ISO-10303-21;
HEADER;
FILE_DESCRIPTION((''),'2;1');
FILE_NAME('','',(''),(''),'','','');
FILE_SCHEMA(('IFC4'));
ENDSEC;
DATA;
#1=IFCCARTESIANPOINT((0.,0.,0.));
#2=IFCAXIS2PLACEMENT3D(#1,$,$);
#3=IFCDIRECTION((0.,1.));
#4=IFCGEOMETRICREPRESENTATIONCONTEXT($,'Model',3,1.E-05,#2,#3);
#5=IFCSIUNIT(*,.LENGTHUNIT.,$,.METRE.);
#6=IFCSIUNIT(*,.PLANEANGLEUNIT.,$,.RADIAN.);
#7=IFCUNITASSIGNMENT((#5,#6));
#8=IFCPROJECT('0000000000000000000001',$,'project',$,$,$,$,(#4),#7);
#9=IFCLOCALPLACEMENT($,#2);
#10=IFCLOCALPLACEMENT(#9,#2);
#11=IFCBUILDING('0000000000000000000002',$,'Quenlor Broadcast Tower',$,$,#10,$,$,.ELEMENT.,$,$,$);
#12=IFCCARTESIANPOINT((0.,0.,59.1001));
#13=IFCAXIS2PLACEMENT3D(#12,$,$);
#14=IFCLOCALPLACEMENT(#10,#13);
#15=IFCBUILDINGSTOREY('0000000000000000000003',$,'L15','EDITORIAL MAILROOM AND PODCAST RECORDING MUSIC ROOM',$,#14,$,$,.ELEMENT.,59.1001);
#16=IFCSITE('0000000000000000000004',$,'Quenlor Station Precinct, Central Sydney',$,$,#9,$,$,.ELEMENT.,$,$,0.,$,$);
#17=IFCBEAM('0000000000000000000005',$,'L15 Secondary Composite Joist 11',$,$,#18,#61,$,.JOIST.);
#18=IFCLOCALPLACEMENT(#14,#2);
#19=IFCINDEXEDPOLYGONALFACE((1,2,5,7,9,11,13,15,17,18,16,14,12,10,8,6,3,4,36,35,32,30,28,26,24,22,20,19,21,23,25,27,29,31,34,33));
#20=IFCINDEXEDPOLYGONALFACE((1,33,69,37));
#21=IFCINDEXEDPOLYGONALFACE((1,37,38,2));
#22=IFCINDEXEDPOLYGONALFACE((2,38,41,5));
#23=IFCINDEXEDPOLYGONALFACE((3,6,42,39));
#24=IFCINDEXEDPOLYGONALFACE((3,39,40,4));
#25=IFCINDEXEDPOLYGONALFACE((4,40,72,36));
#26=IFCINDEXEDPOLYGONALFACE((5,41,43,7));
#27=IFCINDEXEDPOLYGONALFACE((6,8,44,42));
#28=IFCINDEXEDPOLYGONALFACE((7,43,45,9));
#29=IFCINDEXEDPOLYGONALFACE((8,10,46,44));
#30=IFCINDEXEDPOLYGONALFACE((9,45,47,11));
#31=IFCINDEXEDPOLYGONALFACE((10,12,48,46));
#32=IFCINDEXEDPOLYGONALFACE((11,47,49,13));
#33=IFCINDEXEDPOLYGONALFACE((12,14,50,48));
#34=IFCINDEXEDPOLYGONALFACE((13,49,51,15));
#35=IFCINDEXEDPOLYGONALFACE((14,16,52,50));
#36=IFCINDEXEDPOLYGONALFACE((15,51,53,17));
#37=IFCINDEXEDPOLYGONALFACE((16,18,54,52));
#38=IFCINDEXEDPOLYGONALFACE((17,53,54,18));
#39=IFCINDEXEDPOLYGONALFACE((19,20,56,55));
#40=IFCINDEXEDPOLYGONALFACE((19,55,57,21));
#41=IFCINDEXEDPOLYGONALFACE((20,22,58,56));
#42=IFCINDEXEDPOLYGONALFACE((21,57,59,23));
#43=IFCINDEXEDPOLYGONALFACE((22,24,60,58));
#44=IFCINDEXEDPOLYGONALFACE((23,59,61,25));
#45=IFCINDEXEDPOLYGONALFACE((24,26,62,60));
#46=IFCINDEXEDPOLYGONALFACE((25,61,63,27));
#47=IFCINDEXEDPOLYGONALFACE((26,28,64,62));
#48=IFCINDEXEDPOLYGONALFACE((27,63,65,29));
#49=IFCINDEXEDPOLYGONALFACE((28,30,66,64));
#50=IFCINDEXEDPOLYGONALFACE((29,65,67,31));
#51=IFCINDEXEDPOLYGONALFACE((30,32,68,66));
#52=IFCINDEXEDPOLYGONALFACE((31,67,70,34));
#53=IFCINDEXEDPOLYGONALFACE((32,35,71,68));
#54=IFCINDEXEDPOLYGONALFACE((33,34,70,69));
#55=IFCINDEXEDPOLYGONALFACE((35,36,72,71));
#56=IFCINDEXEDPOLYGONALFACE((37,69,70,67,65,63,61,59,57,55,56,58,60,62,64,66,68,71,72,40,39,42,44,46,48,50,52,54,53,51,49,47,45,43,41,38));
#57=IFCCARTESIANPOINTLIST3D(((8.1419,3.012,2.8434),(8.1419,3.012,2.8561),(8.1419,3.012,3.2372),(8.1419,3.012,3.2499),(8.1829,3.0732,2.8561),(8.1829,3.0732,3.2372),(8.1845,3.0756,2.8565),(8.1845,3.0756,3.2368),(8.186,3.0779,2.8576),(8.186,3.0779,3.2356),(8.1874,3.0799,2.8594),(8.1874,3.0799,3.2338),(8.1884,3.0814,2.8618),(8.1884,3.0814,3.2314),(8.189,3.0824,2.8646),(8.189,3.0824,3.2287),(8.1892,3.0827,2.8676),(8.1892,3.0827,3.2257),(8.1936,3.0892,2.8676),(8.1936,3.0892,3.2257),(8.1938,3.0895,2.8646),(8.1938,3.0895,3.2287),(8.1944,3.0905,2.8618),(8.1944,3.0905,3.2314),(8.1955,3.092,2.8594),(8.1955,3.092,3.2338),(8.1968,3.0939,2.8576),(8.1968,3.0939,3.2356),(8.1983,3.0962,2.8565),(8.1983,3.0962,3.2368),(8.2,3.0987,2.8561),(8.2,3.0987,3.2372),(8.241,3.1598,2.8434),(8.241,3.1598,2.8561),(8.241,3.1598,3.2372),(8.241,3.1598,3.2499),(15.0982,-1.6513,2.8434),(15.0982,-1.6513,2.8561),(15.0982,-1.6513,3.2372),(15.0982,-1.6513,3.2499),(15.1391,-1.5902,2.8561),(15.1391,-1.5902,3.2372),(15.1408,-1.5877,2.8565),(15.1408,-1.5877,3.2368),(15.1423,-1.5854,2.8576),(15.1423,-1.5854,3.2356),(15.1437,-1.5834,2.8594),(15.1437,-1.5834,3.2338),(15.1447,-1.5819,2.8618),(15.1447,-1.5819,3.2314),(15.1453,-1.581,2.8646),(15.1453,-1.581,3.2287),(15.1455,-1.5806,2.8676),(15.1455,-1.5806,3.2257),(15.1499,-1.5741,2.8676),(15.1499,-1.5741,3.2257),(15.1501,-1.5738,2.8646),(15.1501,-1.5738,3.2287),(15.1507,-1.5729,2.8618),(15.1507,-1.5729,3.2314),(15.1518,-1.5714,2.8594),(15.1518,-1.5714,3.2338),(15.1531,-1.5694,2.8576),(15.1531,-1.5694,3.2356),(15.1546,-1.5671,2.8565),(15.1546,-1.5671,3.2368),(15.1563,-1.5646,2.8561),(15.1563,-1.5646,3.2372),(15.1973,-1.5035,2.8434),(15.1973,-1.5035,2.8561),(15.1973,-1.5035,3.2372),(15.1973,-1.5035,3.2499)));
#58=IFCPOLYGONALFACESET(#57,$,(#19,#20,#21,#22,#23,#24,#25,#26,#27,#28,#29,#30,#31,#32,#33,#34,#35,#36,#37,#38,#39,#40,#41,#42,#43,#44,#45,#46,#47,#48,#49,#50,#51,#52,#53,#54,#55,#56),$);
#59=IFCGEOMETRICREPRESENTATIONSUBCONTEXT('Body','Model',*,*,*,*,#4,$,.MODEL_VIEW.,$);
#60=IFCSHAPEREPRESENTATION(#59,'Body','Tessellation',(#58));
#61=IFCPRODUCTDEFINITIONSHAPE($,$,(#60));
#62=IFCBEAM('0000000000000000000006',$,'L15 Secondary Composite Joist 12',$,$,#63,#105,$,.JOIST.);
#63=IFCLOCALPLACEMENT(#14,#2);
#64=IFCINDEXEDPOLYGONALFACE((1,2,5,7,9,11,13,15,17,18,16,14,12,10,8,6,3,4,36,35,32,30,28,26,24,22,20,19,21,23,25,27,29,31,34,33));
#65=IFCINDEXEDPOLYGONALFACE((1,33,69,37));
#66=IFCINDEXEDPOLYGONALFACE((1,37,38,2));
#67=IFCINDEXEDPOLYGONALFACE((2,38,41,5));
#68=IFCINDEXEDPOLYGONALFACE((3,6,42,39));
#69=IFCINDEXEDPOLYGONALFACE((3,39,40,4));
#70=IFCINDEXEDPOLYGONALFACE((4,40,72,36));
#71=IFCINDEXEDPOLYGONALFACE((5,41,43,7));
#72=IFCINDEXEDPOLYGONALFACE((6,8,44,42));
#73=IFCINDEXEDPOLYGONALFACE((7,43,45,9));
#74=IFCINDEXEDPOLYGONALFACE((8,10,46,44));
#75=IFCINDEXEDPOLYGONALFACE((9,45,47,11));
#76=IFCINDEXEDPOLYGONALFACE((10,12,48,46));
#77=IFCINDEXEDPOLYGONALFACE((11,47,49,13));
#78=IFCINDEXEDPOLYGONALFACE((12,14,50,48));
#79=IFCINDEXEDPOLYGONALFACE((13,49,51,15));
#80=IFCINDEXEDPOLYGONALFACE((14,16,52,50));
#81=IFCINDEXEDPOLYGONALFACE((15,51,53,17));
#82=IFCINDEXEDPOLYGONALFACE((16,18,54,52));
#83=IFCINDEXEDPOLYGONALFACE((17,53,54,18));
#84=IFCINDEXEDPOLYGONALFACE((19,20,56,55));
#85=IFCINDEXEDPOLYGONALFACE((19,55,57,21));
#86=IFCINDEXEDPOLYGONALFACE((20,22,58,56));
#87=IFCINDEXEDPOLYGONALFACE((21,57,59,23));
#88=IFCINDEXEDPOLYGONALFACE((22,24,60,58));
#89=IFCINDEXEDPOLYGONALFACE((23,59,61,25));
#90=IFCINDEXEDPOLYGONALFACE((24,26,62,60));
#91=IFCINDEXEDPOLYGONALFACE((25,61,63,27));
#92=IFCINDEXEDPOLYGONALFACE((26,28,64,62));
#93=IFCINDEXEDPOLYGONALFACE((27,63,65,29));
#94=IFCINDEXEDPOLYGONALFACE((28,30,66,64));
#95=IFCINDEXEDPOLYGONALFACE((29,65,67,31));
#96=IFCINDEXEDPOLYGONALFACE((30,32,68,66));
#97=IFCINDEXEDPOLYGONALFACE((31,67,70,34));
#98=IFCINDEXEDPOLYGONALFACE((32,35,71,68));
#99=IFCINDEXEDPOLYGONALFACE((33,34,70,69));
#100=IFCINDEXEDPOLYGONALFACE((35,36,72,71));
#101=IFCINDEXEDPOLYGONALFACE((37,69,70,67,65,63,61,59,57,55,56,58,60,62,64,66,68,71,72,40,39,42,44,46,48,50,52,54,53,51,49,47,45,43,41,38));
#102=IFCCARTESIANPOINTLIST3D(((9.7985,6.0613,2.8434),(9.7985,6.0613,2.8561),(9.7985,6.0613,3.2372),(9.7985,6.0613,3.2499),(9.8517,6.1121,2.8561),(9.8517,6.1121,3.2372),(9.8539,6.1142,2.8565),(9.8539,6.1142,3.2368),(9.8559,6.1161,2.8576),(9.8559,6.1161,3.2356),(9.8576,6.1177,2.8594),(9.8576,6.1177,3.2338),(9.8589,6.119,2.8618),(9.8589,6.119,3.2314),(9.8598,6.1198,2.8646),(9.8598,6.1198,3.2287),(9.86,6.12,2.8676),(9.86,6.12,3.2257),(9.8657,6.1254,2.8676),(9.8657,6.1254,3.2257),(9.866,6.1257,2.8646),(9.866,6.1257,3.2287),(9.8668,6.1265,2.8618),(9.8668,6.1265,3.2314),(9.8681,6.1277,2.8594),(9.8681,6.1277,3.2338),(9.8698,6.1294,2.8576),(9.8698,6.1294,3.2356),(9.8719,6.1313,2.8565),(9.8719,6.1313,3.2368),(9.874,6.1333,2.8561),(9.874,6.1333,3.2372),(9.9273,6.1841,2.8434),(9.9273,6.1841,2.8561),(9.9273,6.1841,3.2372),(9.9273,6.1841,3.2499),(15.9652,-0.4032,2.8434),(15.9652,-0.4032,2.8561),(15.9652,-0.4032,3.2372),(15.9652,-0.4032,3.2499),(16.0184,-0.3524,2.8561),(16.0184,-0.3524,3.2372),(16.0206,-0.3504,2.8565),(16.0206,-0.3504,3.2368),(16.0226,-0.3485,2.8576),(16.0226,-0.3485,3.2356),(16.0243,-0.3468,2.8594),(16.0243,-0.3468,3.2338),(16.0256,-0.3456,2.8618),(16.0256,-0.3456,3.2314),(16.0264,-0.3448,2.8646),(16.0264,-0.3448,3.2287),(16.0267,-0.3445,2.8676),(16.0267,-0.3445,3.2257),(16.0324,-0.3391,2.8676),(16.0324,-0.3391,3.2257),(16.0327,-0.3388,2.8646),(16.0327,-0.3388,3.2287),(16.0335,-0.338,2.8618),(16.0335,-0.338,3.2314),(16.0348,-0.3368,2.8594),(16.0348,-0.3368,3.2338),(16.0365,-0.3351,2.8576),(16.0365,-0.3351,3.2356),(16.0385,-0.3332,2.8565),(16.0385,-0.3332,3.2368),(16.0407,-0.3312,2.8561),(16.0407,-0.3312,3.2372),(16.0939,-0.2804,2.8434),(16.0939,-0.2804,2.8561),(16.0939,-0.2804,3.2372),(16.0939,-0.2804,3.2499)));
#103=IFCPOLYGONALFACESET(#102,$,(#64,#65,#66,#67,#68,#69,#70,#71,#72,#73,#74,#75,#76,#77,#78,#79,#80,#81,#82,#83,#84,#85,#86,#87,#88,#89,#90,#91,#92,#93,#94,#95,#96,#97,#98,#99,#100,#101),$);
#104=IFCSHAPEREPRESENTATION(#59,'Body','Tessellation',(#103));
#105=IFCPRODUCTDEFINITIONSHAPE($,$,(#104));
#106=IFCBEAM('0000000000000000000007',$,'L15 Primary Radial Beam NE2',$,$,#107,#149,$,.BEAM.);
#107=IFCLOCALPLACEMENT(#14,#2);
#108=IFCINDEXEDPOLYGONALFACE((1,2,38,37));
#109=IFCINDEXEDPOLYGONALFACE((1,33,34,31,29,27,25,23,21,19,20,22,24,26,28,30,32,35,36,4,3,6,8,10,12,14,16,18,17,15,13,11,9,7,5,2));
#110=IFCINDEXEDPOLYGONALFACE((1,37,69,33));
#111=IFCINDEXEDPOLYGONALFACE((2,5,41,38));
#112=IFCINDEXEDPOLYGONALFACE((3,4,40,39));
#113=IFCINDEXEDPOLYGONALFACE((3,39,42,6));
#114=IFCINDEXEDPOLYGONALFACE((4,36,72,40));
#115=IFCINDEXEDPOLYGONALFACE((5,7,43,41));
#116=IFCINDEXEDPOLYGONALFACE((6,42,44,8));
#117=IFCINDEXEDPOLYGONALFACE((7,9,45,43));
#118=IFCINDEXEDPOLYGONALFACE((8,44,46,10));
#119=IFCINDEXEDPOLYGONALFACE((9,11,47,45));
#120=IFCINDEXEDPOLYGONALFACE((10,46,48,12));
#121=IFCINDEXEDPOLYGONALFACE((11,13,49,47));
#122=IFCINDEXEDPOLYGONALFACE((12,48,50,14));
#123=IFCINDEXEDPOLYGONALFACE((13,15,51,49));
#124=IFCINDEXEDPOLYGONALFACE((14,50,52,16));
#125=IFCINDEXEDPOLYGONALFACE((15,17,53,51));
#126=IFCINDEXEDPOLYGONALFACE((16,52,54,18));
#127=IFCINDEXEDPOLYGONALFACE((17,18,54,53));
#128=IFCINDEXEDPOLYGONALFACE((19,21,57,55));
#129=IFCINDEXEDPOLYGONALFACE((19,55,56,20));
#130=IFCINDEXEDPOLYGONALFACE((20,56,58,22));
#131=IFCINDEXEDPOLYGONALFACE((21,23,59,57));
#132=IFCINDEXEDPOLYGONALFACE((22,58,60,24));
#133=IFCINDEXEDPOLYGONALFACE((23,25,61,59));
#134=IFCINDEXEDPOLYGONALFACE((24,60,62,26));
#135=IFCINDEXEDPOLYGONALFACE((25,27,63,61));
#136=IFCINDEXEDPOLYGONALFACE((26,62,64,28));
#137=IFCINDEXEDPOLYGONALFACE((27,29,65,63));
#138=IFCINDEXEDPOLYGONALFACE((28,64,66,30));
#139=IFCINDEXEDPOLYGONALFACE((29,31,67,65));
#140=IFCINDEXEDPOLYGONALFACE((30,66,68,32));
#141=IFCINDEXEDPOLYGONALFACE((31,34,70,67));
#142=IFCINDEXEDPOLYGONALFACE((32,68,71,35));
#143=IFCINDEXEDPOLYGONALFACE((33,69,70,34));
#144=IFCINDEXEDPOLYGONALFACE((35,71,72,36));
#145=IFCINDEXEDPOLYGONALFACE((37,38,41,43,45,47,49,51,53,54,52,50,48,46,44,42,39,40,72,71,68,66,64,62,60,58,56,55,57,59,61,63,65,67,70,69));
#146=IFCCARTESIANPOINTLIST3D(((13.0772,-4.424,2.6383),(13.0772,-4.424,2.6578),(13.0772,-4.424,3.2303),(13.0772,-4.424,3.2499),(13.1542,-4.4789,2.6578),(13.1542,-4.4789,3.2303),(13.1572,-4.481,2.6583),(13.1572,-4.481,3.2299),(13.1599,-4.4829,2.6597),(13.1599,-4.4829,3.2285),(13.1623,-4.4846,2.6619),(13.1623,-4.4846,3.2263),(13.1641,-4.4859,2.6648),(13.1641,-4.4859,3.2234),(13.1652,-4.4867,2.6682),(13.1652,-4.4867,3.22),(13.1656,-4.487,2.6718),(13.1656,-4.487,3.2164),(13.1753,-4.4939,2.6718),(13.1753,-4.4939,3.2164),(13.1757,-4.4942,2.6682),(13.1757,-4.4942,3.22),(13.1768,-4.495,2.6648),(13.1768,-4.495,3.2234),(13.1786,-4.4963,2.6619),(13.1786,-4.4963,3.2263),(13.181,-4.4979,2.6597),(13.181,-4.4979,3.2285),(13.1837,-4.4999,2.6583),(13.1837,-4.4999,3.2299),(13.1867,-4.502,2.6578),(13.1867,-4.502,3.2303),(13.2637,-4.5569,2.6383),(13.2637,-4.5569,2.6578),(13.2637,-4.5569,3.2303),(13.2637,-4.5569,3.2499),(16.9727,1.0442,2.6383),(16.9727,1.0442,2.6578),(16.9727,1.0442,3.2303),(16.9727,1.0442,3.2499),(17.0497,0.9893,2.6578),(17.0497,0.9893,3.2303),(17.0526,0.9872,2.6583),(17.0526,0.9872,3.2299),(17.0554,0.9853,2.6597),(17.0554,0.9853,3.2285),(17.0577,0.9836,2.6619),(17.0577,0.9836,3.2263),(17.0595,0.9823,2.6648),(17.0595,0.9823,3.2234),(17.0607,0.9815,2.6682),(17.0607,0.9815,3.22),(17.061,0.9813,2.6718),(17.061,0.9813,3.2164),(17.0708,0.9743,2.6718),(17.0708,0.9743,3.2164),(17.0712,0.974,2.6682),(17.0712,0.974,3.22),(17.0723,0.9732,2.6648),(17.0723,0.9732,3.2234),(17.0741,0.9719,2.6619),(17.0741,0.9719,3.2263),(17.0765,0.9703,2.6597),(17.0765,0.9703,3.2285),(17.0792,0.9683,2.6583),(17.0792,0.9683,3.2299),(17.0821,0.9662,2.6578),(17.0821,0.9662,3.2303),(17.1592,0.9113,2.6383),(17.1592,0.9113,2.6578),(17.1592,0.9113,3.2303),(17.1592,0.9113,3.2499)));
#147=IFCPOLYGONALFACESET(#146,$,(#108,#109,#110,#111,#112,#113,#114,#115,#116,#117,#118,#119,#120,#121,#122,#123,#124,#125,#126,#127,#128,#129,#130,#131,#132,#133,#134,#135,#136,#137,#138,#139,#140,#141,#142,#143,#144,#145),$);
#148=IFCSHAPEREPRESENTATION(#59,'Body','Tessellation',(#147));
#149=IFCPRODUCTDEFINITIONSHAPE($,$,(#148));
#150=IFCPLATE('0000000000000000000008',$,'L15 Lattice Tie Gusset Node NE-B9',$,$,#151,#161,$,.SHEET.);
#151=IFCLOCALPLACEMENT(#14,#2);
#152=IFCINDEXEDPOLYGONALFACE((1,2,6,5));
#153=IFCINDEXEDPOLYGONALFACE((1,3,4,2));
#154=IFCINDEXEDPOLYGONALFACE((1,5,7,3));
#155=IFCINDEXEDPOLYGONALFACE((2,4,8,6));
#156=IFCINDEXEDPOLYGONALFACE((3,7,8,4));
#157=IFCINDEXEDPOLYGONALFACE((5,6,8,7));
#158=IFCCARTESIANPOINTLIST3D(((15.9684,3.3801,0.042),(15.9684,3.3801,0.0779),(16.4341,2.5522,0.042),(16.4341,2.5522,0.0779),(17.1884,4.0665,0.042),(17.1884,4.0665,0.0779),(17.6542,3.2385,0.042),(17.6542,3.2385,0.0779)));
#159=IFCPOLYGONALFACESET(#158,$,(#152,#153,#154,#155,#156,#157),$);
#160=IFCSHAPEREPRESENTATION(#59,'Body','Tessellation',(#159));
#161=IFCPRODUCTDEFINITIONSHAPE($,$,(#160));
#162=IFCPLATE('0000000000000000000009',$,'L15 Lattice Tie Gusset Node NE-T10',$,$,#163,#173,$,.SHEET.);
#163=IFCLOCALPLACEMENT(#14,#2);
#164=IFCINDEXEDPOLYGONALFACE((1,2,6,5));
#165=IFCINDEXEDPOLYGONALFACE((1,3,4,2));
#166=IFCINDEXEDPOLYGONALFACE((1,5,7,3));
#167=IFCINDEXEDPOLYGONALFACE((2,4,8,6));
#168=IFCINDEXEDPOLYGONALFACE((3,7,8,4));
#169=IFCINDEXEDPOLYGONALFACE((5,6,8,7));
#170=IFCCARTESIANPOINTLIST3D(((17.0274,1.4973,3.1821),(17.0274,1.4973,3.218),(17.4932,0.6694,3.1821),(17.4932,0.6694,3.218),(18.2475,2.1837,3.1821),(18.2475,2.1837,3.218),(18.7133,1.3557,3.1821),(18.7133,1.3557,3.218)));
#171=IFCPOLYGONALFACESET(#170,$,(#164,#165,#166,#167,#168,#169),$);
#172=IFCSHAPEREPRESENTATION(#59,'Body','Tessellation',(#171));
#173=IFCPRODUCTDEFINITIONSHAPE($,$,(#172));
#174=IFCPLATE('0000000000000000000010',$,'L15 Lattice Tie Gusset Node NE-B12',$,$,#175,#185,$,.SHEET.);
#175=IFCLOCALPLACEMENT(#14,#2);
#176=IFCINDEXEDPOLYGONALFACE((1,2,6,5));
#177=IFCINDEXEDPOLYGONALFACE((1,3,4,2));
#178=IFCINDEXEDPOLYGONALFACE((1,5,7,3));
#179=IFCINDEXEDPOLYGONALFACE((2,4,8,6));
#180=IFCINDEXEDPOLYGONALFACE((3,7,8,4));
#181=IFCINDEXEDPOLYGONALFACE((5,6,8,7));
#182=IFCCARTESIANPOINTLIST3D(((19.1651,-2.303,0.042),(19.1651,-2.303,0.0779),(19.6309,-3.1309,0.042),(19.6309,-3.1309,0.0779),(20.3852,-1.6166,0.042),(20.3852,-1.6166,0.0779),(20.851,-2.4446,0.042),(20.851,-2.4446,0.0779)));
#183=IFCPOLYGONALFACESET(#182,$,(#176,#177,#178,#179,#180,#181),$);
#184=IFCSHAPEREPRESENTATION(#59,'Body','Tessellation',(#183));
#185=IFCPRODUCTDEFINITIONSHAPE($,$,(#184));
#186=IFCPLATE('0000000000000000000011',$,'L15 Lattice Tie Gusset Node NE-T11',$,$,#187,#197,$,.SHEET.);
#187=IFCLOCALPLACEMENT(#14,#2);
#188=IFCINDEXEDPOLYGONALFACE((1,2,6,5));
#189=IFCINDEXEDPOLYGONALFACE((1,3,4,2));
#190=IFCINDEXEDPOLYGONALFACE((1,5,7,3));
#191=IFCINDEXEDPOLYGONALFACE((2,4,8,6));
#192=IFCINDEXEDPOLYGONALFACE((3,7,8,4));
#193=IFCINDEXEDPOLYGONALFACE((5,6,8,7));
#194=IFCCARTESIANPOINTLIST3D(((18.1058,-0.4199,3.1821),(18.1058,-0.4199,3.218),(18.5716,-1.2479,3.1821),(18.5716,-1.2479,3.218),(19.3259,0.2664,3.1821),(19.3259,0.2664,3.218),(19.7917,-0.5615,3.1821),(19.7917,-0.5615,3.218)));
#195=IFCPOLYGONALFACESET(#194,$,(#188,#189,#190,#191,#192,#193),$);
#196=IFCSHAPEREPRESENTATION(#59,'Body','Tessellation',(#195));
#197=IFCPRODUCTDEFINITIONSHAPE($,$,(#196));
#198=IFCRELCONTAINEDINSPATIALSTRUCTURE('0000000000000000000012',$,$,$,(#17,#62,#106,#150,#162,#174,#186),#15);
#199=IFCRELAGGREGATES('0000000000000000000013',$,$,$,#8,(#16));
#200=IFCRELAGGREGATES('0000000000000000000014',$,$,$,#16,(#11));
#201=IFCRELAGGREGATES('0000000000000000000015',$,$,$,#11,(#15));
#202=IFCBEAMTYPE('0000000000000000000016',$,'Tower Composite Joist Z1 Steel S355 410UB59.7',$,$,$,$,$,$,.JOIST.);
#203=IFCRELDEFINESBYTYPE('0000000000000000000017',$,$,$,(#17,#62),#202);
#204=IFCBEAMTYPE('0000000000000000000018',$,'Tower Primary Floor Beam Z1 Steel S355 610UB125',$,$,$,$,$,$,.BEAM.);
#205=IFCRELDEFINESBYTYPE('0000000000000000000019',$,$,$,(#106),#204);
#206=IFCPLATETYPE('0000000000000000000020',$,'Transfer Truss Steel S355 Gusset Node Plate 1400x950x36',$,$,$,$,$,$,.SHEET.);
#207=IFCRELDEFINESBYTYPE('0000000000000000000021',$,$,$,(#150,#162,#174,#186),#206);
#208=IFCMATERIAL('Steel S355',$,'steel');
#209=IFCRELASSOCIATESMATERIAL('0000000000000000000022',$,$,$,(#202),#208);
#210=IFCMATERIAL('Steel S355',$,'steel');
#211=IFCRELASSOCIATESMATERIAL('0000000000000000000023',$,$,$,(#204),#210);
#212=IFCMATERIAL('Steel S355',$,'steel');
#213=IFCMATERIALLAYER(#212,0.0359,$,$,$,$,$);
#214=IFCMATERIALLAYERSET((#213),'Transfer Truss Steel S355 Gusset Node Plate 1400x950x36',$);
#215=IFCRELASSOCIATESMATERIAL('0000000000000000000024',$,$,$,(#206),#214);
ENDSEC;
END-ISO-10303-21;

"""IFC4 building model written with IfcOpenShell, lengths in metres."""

from ifc_helpers import new_model, si_unit, direction, frame, origin, origin_2d, place, context, subcontext, project, spatial, rectangle, i_section, extrude, material, layer, layer_set, material_profile, profile_set, type_object, element, save


model = new_model("IFC4")

# Units and contexts
model_context = context("Model", 3, precision=1e-05, world=origin(), true_north=direction((0.0, 1.0)))
body_context = subcontext(model_context, "Body", "Model", "MODEL_VIEW")
ifc_project = project(units=[si_unit("LENGTHUNIT", "METRE"), si_unit("PLANEANGLEUNIT", "RADIAN")], contexts=[model_context])

# Site, building, storey
site_placement = place(None, origin())
site = spatial("IfcSite", under=ifc_project, at=site_placement, Name="Quenlor Station Precinct, Central Sydney", CompositionType="ELEMENT", RefElevation=0.0)
building_placement = place(site_placement, origin())
building = spatial("IfcBuilding", under=site, at=building_placement, Name="Quenlor Broadcast Tower", CompositionType="ELEMENT")
storey_placement = place(building_placement, frame((0.0, 0.0, 59.1001)))
storey = spatial("IfcBuildingStorey", under=building, at=storey_placement, Name="L15", Description="EDITORIAL MAILROOM AND PODCAST RECORDING MUSIC ROOM", CompositionType="ELEMENT", Elevation=59.1001)

# Beams
ifc_material_1 = material(Name="Steel S355", Category="steel")
ifc_material_profile_1 = material_profile(ifc_material_1, i_section(OverallWidth=0.178, OverallDepth=0.4065, WebThickness=0.0078, FlangeThickness=0.0127, FilletRadius=0.0115, at=origin_2d()))
ifc_profile_set_1 = profile_set([ifc_material_profile_1], Name="Steel S355 410UB59.7")
beam_type_1 = type_object("IfcBeamType", Name="Tower Composite Joist Z1 Steel S355 410UB59.7", PredefinedType="JOIST", material=ifc_profile_set_1)
beam_1_placement = place(storey_placement, frame((15.1477, -1.5774, 3.0466), z_axis=(-0.830626, 0.556831, 0.0), x_axis=(-0.556831, -0.830626, 0.0)))
element("IfcBeam", 1, at=beam_1_placement, inside=storey, type_object=beam_type_1, Name="L15 Secondary Composite Joist 11", PredefinedType="JOIST", context=body_context, shape_type="SweptSolid", body=[
    extrude(i_section(OverallWidth=0.178, OverallDepth=0.4065, WebThickness=0.0078, FlangeThickness=0.0127, FilletRadius=0.0115, at=origin_2d()), origin(), (0.0, 0.0, 1.0), 8.3748),
])
beam_2_placement = place(storey_placement, frame((16.0295, -0.3418, 3.0466), z_axis=(-0.690241, 0.723579, 0.0), x_axis=(-0.723579, -0.690241, 0.0)))
element("IfcBeam", 2, at=beam_2_placement, inside=storey, type_object=beam_type_1, Name="L15 Secondary Composite Joist 12", PredefinedType="JOIST", context=body_context, shape_type="SweptSolid", body=[
    extrude(i_section(OverallWidth=0.178, OverallDepth=0.4065, WebThickness=0.0078, FlangeThickness=0.0127, FilletRadius=0.0115, at=origin_2d()), origin(), (0.0, 0.0, 1.0), 8.9341),
])
ifc_material_2 = material(Name="Steel S355", Category="steel")
ifc_material_profile_2 = material_profile(ifc_material_2, i_section(OverallWidth=0.229, OverallDepth=0.6116, WebThickness=0.012, FlangeThickness=0.0195, FilletRadius=0.0139, at=origin_2d()))
ifc_profile_set_2 = profile_set([ifc_material_profile_2], Name="Steel S355 610UB125")
beam_type_2 = type_object("IfcBeamType", Name="Tower Primary Floor Beam Z1 Steel S355 610UB125", PredefinedType="BEAM", material=ifc_profile_set_2)
beam_3_placement = place(storey_placement, frame((17.0659, 0.9778, 2.9441), z_axis=(-0.580213, -0.814465, 0.0), x_axis=(0.814465, -0.580213, 0.0)))
element("IfcBeam", 3, at=beam_3_placement, inside=storey, type_object=beam_type_2, Name="L15 Primary Radial Beam NE2", PredefinedType="BEAM", context=body_context, shape_type="SweptSolid", body=[
    extrude(i_section(OverallWidth=0.229, OverallDepth=0.6116, WebThickness=0.012, FlangeThickness=0.0195, FilletRadius=0.0139, at=origin_2d()), origin(), (0.0, 0.0, 1.0), 6.7139),
])

# Plates
ifc_material_3 = material(Name="Steel S355", Category="steel")
ifc_layer_1 = layer(ifc_material_3, 0.0359)
ifc_layer_set_1 = layer_set([ifc_layer_1], Name="Transfer Truss Steel S355 Gusset Node Plate 1400x950x36")
plate_type = type_object("IfcPlateType", Name="Transfer Truss Steel S355 Gusset Node Plate 1400x950x36", PredefinedType="SHEET", material=ifc_layer_set_1)
for number, where, z_axis, x_axis, name in (
    (4, (16.8113, 3.3093, 0.042), (0.0, 0.0, 1.0), (0.871556, 0.490295, 0.0), "L15 Lattice Tie Gusset Node NE-B9"),
    (5, (17.8704, 1.4265, 3.1821), (0.0, 0.0, 1.0), (0.871556, 0.490295, 0.0), "L15 Lattice Tie Gusset Node NE-T10"),
    (6, (20.0081, -2.3738, 0.042), (0.0, 0.0, 1.0), (0.871556, 0.490295, 0.0), "L15 Lattice Tie Gusset Node NE-B12"),
    (7, (18.9487, -0.4907, 3.1821), (0.0, 0.0, 1.0), (0.871556, 0.490295, 0.0), "L15 Lattice Tie Gusset Node NE-T11"),
):
    element("IfcPlate", number, at=place(storey_placement, frame(where, z_axis=z_axis, x_axis=x_axis)), inside=storey, type_object=plate_type, Name=name, PredefinedType="SHEET", context=body_context, shape_type="SweptSolid", body=[
        extrude(rectangle(XDim=1.3999, YDim=0.95, at=origin_2d()), origin(), (0.0, 0.0, 1.0), 0.0359),
    ])

save(model, "model.ifc")
